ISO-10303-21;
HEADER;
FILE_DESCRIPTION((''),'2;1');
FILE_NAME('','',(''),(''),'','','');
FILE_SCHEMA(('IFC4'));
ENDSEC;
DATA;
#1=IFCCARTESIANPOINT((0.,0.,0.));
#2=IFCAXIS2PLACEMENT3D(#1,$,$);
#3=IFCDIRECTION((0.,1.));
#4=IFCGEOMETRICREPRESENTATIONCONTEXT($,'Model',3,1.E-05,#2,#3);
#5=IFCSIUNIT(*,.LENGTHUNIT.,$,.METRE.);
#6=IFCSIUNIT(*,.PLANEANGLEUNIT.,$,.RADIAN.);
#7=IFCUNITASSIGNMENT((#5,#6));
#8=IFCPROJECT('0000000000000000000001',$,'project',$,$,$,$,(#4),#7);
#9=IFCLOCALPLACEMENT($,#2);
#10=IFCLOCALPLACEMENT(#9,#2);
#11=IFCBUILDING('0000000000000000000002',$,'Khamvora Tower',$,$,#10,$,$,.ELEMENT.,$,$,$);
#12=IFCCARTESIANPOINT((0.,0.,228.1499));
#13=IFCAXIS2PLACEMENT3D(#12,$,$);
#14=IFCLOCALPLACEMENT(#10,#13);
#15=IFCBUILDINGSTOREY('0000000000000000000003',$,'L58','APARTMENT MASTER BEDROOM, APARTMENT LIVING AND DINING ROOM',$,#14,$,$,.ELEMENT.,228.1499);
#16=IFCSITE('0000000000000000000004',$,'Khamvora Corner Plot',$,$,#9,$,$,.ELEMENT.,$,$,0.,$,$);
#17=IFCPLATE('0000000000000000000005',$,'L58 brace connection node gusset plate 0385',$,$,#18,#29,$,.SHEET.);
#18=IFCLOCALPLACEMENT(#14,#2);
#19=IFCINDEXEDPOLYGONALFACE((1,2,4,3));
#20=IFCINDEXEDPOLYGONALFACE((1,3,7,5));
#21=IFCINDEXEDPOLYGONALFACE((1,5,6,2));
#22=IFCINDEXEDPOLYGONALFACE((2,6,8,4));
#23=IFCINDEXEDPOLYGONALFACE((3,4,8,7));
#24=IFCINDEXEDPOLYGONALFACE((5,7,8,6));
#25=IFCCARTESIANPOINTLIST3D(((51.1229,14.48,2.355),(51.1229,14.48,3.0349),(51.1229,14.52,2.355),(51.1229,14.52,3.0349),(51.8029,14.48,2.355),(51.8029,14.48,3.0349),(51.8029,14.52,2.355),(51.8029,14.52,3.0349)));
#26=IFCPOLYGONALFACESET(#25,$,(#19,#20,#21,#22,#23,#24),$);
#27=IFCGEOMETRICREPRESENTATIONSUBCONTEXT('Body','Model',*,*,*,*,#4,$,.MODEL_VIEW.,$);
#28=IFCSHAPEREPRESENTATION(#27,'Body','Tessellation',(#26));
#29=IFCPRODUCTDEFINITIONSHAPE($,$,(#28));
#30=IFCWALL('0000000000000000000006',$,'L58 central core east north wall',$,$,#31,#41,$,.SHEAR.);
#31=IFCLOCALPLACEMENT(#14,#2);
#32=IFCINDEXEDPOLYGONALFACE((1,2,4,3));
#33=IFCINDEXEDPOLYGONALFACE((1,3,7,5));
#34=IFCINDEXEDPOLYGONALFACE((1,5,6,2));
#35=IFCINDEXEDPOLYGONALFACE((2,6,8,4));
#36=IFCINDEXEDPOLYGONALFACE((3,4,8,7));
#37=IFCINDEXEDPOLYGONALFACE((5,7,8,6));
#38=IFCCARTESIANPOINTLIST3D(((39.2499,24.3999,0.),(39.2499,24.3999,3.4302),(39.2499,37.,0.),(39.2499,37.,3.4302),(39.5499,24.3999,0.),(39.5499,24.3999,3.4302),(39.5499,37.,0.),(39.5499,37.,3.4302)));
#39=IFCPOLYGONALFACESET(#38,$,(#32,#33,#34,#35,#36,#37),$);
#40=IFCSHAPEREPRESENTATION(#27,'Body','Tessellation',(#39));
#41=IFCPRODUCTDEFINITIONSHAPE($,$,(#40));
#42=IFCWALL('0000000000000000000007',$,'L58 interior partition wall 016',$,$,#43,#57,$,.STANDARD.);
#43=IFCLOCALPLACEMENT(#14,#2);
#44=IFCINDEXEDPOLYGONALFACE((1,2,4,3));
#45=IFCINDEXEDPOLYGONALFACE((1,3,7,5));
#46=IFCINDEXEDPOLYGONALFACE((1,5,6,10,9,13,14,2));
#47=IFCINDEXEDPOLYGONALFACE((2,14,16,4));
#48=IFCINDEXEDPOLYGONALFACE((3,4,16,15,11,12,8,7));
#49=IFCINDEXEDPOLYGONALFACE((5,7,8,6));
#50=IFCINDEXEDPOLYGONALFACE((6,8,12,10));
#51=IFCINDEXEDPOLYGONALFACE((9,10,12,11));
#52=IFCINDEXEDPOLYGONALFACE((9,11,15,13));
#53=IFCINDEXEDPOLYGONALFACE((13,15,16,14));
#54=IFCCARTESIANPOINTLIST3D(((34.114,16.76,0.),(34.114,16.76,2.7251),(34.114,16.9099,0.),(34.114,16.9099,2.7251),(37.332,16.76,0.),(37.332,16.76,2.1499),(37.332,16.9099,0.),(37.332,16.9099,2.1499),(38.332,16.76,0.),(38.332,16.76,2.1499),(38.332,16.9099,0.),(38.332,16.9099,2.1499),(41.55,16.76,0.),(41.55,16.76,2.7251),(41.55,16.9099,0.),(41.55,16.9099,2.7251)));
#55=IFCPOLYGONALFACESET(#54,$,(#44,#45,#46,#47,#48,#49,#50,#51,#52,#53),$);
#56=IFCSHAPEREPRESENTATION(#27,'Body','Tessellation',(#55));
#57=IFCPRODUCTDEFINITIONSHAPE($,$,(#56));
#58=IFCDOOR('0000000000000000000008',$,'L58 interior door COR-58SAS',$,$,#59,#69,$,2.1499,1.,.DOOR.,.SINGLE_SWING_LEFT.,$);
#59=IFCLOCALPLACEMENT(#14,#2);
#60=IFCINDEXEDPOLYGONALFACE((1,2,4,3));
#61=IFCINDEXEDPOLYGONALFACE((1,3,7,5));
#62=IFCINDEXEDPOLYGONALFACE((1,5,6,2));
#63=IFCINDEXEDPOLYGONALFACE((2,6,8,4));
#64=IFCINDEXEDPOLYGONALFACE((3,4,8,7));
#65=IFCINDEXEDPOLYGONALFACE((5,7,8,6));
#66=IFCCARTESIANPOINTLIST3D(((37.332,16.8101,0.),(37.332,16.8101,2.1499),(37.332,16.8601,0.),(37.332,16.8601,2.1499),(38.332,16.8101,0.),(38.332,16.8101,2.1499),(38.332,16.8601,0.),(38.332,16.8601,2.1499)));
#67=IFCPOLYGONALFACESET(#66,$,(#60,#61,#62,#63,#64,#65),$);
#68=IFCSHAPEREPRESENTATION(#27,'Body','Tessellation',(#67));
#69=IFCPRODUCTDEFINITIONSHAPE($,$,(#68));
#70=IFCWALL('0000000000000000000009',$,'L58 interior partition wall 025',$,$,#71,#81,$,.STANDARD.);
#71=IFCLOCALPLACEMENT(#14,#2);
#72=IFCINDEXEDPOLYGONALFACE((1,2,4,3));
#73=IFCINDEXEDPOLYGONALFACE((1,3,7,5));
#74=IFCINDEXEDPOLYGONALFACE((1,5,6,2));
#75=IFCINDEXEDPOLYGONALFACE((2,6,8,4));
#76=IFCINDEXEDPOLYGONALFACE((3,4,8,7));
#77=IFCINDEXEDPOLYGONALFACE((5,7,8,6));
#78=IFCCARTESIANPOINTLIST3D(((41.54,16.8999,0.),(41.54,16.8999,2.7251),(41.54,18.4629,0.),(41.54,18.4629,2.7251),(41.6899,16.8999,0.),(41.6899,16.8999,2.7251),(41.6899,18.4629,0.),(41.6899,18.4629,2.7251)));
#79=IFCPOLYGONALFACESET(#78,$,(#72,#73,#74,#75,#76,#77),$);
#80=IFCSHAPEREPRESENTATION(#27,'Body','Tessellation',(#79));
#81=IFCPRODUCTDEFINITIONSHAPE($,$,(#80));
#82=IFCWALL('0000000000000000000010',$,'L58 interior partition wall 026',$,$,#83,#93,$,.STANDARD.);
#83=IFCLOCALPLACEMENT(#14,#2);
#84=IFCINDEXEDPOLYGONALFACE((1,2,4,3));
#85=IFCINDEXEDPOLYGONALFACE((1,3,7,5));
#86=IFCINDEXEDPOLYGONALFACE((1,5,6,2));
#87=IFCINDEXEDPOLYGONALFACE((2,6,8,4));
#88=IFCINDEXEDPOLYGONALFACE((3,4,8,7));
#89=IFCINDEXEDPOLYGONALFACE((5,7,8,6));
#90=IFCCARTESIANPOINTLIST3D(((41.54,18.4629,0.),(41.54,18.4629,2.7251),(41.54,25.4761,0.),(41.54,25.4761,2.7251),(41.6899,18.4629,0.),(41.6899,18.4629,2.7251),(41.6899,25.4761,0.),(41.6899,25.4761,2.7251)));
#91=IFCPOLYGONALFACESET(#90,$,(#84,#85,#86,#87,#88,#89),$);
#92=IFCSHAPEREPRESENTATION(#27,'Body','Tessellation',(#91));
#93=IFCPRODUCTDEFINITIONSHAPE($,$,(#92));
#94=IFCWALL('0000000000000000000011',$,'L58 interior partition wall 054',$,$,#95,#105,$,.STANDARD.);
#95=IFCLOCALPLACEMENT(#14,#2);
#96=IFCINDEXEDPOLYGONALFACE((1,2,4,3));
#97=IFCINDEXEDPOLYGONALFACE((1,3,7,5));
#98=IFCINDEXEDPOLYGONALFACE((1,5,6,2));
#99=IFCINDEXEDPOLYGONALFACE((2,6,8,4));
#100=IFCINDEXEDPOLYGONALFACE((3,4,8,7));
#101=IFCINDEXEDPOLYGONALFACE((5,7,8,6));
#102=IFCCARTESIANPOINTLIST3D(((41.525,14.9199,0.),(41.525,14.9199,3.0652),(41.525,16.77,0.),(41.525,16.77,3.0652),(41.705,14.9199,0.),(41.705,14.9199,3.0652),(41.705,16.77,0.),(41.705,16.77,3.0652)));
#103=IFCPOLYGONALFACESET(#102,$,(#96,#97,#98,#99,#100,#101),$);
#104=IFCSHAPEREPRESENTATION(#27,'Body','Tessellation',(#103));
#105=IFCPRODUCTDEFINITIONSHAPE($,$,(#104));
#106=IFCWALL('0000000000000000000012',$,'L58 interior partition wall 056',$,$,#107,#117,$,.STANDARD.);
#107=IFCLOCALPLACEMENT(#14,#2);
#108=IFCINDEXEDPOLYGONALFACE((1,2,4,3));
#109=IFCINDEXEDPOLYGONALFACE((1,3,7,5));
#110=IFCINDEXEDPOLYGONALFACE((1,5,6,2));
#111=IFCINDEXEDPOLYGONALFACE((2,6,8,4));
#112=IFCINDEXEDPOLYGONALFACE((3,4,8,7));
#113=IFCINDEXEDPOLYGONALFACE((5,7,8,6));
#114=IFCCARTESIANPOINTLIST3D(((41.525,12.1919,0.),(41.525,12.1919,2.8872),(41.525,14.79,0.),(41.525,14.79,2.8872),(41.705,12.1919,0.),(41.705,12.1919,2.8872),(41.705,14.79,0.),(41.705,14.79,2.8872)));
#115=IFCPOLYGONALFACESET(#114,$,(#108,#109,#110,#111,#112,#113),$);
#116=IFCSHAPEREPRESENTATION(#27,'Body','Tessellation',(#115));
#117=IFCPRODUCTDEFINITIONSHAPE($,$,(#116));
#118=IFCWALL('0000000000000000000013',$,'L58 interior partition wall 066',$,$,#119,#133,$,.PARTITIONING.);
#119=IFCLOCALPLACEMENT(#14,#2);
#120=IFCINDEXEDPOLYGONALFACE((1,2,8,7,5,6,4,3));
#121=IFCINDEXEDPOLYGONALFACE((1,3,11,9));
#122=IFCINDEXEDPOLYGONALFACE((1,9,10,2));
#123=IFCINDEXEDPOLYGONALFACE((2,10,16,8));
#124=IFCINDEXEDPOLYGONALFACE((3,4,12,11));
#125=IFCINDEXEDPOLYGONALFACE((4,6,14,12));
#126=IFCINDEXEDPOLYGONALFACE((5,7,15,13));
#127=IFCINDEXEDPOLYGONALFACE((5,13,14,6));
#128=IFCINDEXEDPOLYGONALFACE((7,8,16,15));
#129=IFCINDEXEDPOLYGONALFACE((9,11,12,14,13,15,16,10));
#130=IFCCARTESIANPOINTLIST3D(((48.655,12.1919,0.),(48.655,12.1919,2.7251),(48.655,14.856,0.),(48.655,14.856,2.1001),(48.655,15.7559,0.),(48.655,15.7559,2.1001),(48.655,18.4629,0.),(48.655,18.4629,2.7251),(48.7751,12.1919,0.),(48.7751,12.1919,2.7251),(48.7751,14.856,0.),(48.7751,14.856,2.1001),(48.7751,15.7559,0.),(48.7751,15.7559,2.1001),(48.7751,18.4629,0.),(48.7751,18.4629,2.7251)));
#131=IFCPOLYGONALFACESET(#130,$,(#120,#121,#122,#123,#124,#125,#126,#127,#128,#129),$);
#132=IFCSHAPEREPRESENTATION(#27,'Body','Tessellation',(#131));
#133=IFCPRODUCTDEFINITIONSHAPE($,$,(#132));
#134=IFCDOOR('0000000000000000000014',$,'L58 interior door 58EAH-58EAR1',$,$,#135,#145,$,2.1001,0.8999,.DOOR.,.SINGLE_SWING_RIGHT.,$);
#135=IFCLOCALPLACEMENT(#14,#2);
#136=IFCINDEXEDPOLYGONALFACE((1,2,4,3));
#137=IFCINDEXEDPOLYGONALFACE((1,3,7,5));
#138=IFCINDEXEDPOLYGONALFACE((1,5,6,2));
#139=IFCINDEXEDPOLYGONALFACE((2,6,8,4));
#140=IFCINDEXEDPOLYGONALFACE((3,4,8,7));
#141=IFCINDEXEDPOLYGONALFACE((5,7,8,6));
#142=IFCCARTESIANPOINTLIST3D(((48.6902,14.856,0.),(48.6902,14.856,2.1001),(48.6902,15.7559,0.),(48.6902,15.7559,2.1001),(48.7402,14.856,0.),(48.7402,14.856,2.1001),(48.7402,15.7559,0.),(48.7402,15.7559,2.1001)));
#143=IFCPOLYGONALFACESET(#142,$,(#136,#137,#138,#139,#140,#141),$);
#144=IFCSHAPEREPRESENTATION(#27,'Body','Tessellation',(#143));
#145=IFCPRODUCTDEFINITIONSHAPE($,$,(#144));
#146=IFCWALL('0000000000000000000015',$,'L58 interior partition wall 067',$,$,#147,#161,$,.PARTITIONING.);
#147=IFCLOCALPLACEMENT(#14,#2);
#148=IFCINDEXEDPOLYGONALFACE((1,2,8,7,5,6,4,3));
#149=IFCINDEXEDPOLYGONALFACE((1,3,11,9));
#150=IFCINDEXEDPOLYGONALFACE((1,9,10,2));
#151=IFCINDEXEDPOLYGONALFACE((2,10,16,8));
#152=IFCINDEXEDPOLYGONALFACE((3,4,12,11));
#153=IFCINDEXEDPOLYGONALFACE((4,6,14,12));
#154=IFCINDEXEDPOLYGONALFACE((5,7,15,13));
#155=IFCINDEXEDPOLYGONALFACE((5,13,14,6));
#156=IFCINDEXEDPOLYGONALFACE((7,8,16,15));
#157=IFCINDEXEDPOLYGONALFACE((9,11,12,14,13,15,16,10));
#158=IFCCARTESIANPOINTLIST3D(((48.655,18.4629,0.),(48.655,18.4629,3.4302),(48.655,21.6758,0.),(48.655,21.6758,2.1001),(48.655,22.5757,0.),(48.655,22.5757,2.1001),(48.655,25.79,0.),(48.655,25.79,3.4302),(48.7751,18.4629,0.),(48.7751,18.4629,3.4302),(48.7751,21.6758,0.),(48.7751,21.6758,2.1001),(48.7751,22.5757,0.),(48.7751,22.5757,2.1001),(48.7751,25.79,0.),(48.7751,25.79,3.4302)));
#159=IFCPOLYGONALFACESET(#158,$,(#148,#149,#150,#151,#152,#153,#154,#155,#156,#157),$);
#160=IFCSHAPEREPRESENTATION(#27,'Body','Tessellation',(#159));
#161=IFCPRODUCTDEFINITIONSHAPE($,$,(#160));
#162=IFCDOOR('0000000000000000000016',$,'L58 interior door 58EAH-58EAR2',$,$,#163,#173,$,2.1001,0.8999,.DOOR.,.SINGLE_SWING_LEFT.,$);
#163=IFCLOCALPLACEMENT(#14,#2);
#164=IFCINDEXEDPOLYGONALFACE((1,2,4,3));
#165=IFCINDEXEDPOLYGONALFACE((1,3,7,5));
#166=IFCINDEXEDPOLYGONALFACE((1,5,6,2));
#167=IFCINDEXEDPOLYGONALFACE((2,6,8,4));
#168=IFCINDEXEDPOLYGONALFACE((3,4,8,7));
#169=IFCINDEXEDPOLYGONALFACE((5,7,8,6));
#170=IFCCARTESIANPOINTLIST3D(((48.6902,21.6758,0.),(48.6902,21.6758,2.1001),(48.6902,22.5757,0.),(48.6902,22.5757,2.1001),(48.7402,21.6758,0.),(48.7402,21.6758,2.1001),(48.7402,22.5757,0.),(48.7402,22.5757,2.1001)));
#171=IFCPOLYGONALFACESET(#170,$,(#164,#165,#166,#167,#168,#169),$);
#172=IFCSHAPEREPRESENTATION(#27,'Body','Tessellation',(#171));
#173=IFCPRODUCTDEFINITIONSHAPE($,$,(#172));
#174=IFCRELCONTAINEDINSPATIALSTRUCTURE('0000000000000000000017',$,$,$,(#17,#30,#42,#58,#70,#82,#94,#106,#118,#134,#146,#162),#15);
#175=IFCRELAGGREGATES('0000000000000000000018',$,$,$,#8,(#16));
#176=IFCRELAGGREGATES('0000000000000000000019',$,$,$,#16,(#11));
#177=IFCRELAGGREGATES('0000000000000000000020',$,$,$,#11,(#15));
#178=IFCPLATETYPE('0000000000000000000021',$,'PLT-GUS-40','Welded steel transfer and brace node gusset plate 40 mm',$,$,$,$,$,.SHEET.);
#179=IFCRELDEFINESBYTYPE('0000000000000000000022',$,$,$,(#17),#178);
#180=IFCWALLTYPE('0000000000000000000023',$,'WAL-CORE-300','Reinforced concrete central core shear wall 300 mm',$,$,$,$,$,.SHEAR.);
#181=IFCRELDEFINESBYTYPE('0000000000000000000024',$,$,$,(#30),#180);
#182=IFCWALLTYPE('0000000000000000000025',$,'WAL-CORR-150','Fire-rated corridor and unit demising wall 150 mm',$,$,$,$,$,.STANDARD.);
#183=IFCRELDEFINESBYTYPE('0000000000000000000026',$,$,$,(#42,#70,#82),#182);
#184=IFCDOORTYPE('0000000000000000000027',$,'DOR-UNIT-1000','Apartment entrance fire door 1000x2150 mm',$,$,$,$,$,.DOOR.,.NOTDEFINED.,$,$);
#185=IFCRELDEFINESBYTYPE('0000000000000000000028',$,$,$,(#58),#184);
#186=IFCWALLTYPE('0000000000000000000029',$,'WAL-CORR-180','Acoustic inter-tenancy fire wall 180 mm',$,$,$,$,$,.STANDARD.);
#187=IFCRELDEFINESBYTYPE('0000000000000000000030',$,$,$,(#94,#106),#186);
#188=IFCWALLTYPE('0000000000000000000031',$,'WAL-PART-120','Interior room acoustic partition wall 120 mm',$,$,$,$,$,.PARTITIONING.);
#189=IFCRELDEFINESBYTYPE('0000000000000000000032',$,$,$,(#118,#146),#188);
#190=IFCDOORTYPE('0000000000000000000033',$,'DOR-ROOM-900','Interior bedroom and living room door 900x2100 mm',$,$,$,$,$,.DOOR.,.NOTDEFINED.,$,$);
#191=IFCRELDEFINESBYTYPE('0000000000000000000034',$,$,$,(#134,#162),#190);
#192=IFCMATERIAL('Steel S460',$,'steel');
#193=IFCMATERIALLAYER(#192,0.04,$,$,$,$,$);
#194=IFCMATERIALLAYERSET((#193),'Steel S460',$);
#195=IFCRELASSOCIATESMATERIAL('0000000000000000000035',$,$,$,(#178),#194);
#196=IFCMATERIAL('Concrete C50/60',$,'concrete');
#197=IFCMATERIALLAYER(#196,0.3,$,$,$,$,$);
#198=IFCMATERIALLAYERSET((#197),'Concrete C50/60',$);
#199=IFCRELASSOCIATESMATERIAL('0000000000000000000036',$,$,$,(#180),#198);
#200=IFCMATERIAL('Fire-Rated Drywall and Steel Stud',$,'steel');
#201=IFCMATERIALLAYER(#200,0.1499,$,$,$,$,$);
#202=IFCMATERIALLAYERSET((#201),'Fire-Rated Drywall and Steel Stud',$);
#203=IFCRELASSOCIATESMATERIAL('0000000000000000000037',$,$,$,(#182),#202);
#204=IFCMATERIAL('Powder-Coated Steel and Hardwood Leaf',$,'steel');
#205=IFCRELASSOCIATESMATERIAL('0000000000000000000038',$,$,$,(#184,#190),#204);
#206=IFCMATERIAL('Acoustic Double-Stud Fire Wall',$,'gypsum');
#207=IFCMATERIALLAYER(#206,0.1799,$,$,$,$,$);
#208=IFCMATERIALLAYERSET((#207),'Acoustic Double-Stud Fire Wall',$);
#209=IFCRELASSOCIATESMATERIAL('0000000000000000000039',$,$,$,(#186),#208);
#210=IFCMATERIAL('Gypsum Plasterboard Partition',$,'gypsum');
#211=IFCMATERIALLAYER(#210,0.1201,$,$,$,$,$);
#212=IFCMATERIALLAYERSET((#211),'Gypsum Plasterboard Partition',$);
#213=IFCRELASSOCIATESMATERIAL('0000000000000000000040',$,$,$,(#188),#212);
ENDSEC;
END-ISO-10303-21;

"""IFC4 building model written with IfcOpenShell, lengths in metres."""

from ifc_helpers import new_model, si_unit, direction, frame, frame_2d, origin, origin_2d, place, context, subcontext, project, spatial, rectangle, extrude, material, layer, layer_set, type_object, element, fill, save


model = new_model("IFC4")

# Units and contexts
model_context = context("Model", 3, precision=1e-05, world=origin(), true_north=direction((0.0, 1.0)))
body_context = subcontext(model_context, "Body", "Model", "MODEL_VIEW")
ifc_project = project(units=[si_unit("LENGTHUNIT", "METRE"), si_unit("PLANEANGLEUNIT", "RADIAN")], contexts=[model_context])

# Site, building, storey
site_placement = place(None, origin())
site = spatial("IfcSite", under=ifc_project, at=site_placement, Name="Khamvora Corner Plot", CompositionType="ELEMENT", RefElevation=0.0)
building_placement = place(site_placement, origin())
building = spatial("IfcBuilding", under=site, at=building_placement, Name="Khamvora Tower", CompositionType="ELEMENT")
storey_placement = place(building_placement, frame((0.0, 0.0, 228.1499)))
storey = spatial("IfcBuildingStorey", under=building, at=storey_placement, Name="L58", Description="APARTMENT MASTER BEDROOM, APARTMENT LIVING AND DINING ROOM", CompositionType="ELEMENT", Elevation=228.1499)

# Plate
ifc_material_1 = material(Name="Steel S460", Category="steel")
ifc_layer_1 = layer(ifc_material_1, 0.04)
ifc_layer_set_1 = layer_set([ifc_layer_1], Name="Steel S460")
plate_type_1 = type_object("IfcPlateType", Name="PLT-GUS-40", Description="Welded steel transfer and brace node gusset plate 40 mm", PredefinedType="SHEET", material=ifc_layer_set_1)
plate_1_placement = place(storey_placement, frame((51.4629, 14.5, 2.355), z_axis=(0.0, 0.0, 1.0), x_axis=(1.0, 0.0, 0.0)))
element("IfcPlate", 1, at=plate_1_placement, inside=storey, type_object=plate_type_1, Name="L58 brace connection node gusset plate 0385", PredefinedType="SHEET", context=body_context, shape_type="SweptSolid", body=[
    extrude(rectangle(XDim=0.6799, YDim=0.04, at=origin_2d()), origin(), (0.0, 0.0, 1.0), 0.6799),
])

# Wall
ifc_material_2 = material(Name="Concrete C50/60", Category="concrete")
ifc_layer_2 = layer(ifc_material_2, 0.3)
ifc_layer_set_2 = layer_set([ifc_layer_2], Name="Concrete C50/60")
wall_type_1 = type_object("IfcWallType", Name="WAL-CORE-300", Description="Reinforced concrete central core shear wall 300 mm", PredefinedType="SHEAR", material=ifc_layer_set_2)
wall_1_placement = place(storey_placement, frame((39.3999, 24.3999, 0.0), z_axis=(0.0, 0.0, 1.0), x_axis=(0.0, 1.0, 0.0)))
element("IfcWall", 2, at=wall_1_placement, inside=storey, type_object=wall_type_1, Name="L58 central core east north wall", PredefinedType="SHEAR", context=body_context, shape_type="SweptSolid", body=[
    extrude(rectangle(XDim=12.6001, YDim=0.3, at=frame_2d((6.3, 0.0))), origin(), (0.0, 0.0, 1.0), 3.4302),
])

# Wall, opening, door
ifc_material_3 = material(Name="Fire-Rated Drywall and Steel Stud", Category="steel")
ifc_layer_3 = layer(ifc_material_3, 0.1499)
ifc_layer_set_3 = layer_set([ifc_layer_3], Name="Fire-Rated Drywall and Steel Stud")
wall_type_2 = type_object("IfcWallType", Name="WAL-CORR-150", Description="Fire-rated corridor and unit demising wall 150 mm", PredefinedType="STANDARD", material=ifc_layer_set_3)
wall_2_placement = place(storey_placement, frame((41.55, 16.835, 0.0), z_axis=(0.0, 0.0, 1.0), x_axis=(-1.0, 0.0, 0.0)))
wall_2 = element("IfcWall", 3, at=wall_2_placement, inside=storey, type_object=wall_type_2, Name="L58 interior partition wall 016", PredefinedType="STANDARD", context=body_context, shape_type="SweptSolid", body=[
    extrude(rectangle(XDim=7.436, YDim=0.1499, at=frame_2d((3.718, 0.0))), origin(), (0.0, 0.0, 1.0), 2.7251),
])
opening_1_placement = place(wall_2_placement, frame((3.218, 0.0, 0.0)))
opening_1 = element("IfcOpeningElement", 4, at=opening_1_placement, cuts=wall_2, PredefinedType="OPENING", context=body_context, shape_type="SweptSolid", body=[
    extrude(rectangle(XDim=1.0, YDim=2.1499, at=frame_2d((0.5, 1.075))), frame((0.0, 0.085, 0.0), z_axis=(0.0, -1.0, 0.0), x_axis=(1.0, 0.0, 0.0)), (0.0, 0.0, 1.0), 0.1699),
])
ifc_material_4 = material(Name="Powder-Coated Steel and Hardwood Leaf", Category="steel")
door_type_1 = type_object("IfcDoorType", Name="DOR-UNIT-1000", Description="Apartment entrance fire door 1000x2150 mm", OperationType="NOTDEFINED", PredefinedType="DOOR", material=ifc_material_4)
door_1_placement = place(opening_1_placement, origin())
door_1 = element("IfcDoor", 5, at=door_1_placement, inside=storey, type_object=door_type_1, Name="L58 interior door COR-58SAS", OperationType="SINGLE_SWING_LEFT", OverallHeight=2.1499, OverallWidth=1.0, PredefinedType="DOOR", context=body_context, shape_type="SweptSolid", body=[
    extrude(rectangle(XDim=1.0, YDim=2.1499, at=frame_2d((0.5, 1.075))), frame((0.0, 0.0249, 0.0), z_axis=(0.0, -1.0, 0.0), x_axis=(1.0, 0.0, 0.0)), (0.0, 0.0, 1.0), 0.05),
])
fill(opening_1, door_1)

# Walls
wall_3_placement = place(storey_placement, frame((41.615, 18.4629, 0.0), z_axis=(0.0, 0.0, 1.0), x_axis=(0.0, -1.0, 0.0)))
element("IfcWall", 6, at=wall_3_placement, inside=storey, type_object=wall_type_2, Name="L58 interior partition wall 025", PredefinedType="STANDARD", context=body_context, shape_type="SweptSolid", body=[
    extrude(rectangle(XDim=1.563, YDim=0.1499, at=frame_2d((0.7815, 0.0))), origin(), (0.0, 0.0, 1.0), 2.7251),
])
wall_4_placement = place(storey_placement, frame((41.615, 25.4761, 0.0), z_axis=(0.0, 0.0, 1.0), x_axis=(0.0, -1.0, 0.0)))
element("IfcWall", 7, at=wall_4_placement, inside=storey, type_object=wall_type_2, Name="L58 interior partition wall 026", PredefinedType="STANDARD", context=body_context, shape_type="SweptSolid", body=[
    extrude(rectangle(XDim=7.0132, YDim=0.1499, at=frame_2d((3.5066, 0.0))), origin(), (0.0, 0.0, 1.0), 2.7251),
])
ifc_material_5 = material(Name="Acoustic Double-Stud Fire Wall", Category="gypsum")
ifc_layer_4 = layer(ifc_material_5, 0.1799)
ifc_layer_set_4 = layer_set([ifc_layer_4], Name="Acoustic Double-Stud Fire Wall")
wall_type_3 = type_object("IfcWallType", Name="WAL-CORR-180", Description="Acoustic inter-tenancy fire wall 180 mm", PredefinedType="STANDARD", material=ifc_layer_set_4)
wall_5_placement = place(storey_placement, frame((41.615, 16.77, 0.0), z_axis=(0.0, 0.0, 1.0), x_axis=(0.0, -1.0, 0.0)))
element("IfcWall", 8, at=wall_5_placement, inside=storey, type_object=wall_type_3, Name="L58 interior partition wall 054", PredefinedType="STANDARD", context=body_context, shape_type="SweptSolid", body=[
    extrude(rectangle(XDim=1.8501, YDim=0.1799, at=frame_2d((0.925, 0.0))), origin(), (0.0, 0.0, 1.0), 3.0652),
])
wall_6_placement = place(storey_placement, frame((41.615, 14.79, 0.0), z_axis=(0.0, 0.0, 1.0), x_axis=(0.0, -1.0, 0.0)))
element("IfcWall", 9, at=wall_6_placement, inside=storey, type_object=wall_type_3, Name="L58 interior partition wall 056", PredefinedType="STANDARD", context=body_context, shape_type="SweptSolid", body=[
    extrude(rectangle(XDim=2.5981, YDim=0.1799, at=frame_2d((1.2991, 0.0))), origin(), (0.0, 0.0, 1.0), 2.8872),
])

# Walls, openings, doors
ifc_material_6 = material(Name="Gypsum Plasterboard Partition", Category="gypsum")
ifc_layer_5 = layer(ifc_material_6, 0.1201)
ifc_layer_set_5 = layer_set([ifc_layer_5], Name="Gypsum Plasterboard Partition")
wall_type_4 = type_object("IfcWallType", Name="WAL-PART-120", Description="Interior room acoustic partition wall 120 mm", PredefinedType="PARTITIONING", material=ifc_layer_set_5)
wall_7_placement = place(storey_placement, frame((48.7151, 12.1919, 0.0), z_axis=(0.0, 0.0, 1.0), x_axis=(0.0, 1.0, 0.0)))
wall_7 = element("IfcWall", 10, at=wall_7_placement, inside=storey, type_object=wall_type_4, Name="L58 interior partition wall 066", PredefinedType="PARTITIONING", context=body_context, shape_type="SweptSolid", body=[
    extrude(rectangle(XDim=6.271, YDim=0.1201, at=frame_2d((3.1355, 0.0))), origin(), (0.0, 0.0, 1.0), 2.7251),
])
opening_2_placement = place(wall_7_placement, frame((2.6641, 0.0, 0.0)))
opening_2 = element("IfcOpeningElement", 11, at=opening_2_placement, cuts=wall_7, PredefinedType="OPENING", context=body_context, shape_type="SweptSolid", body=[
    extrude(rectangle(XDim=0.8999, YDim=2.1001, at=frame_2d((0.45, 1.05))), frame((0.0, 0.0701, 0.0), z_axis=(0.0, -1.0, 0.0), x_axis=(1.0, 0.0, 0.0)), (0.0, 0.0, 1.0), 0.1401),
])
door_type_2 = type_object("IfcDoorType", Name="DOR-ROOM-900", Description="Interior bedroom and living room door 900x2100 mm", OperationType="NOTDEFINED", PredefinedType="DOOR", material=ifc_material_4)
door_2_placement = place(opening_2_placement, origin())
door_2 = element("IfcDoor", 12, at=door_2_placement, inside=storey, type_object=door_type_2, Name="L58 interior door 58EAH-58EAR1", OperationType="SINGLE_SWING_RIGHT", OverallHeight=2.1001, OverallWidth=0.8999, PredefinedType="DOOR", context=body_context, shape_type="SweptSolid", body=[
    extrude(rectangle(XDim=0.8999, YDim=2.1001, at=frame_2d((0.45, 1.05))), frame((0.0, 0.0249, 0.0), z_axis=(0.0, -1.0, 0.0), x_axis=(1.0, 0.0, 0.0)), (0.0, 0.0, 1.0), 0.05),
])
fill(opening_2, door_2)
wall_8_placement = place(storey_placement, frame((48.7151, 18.4629, 0.0), z_axis=(0.0, 0.0, 1.0), x_axis=(0.0, 1.0, 0.0)))
wall_8 = element("IfcWall", 13, at=wall_8_placement, inside=storey, type_object=wall_type_4, Name="L58 interior partition wall 067", PredefinedType="PARTITIONING", context=body_context, shape_type="SweptSolid", body=[
    extrude(rectangle(XDim=7.3271, YDim=0.1201, at=frame_2d((3.6636, 0.0))), origin(), (0.0, 0.0, 1.0), 3.4302),
])
opening_3_placement = place(wall_8_placement, frame((3.2129, 0.0, 0.0)))
opening_3 = element("IfcOpeningElement", 14, at=opening_3_placement, cuts=wall_8, PredefinedType="OPENING", context=body_context, shape_type="SweptSolid", body=[
    extrude(rectangle(XDim=0.8999, YDim=2.1001, at=frame_2d((0.45, 1.05))), frame((0.0, 0.0701, 0.0), z_axis=(0.0, -1.0, 0.0), x_axis=(1.0, 0.0, 0.0)), (0.0, 0.0, 1.0), 0.1401),
])
door_3_placement = place(opening_3_placement, origin())
door_3 = element("IfcDoor", 15, at=door_3_placement, inside=storey, type_object=door_type_2, Name="L58 interior door 58EAH-58EAR2", OperationType="SINGLE_SWING_LEFT", OverallHeight=2.1001, OverallWidth=0.8999, PredefinedType="DOOR", context=body_context, shape_type="SweptSolid", body=[
    extrude(rectangle(XDim=0.8999, YDim=2.1001, at=frame_2d((0.45, 1.05))), frame((0.0, 0.0249, 0.0), z_axis=(0.0, -1.0, 0.0), x_axis=(1.0, 0.0, 0.0)), (0.0, 0.0, 1.0), 0.05),
])
fill(opening_3, door_3)

save(model, "model.ifc")
